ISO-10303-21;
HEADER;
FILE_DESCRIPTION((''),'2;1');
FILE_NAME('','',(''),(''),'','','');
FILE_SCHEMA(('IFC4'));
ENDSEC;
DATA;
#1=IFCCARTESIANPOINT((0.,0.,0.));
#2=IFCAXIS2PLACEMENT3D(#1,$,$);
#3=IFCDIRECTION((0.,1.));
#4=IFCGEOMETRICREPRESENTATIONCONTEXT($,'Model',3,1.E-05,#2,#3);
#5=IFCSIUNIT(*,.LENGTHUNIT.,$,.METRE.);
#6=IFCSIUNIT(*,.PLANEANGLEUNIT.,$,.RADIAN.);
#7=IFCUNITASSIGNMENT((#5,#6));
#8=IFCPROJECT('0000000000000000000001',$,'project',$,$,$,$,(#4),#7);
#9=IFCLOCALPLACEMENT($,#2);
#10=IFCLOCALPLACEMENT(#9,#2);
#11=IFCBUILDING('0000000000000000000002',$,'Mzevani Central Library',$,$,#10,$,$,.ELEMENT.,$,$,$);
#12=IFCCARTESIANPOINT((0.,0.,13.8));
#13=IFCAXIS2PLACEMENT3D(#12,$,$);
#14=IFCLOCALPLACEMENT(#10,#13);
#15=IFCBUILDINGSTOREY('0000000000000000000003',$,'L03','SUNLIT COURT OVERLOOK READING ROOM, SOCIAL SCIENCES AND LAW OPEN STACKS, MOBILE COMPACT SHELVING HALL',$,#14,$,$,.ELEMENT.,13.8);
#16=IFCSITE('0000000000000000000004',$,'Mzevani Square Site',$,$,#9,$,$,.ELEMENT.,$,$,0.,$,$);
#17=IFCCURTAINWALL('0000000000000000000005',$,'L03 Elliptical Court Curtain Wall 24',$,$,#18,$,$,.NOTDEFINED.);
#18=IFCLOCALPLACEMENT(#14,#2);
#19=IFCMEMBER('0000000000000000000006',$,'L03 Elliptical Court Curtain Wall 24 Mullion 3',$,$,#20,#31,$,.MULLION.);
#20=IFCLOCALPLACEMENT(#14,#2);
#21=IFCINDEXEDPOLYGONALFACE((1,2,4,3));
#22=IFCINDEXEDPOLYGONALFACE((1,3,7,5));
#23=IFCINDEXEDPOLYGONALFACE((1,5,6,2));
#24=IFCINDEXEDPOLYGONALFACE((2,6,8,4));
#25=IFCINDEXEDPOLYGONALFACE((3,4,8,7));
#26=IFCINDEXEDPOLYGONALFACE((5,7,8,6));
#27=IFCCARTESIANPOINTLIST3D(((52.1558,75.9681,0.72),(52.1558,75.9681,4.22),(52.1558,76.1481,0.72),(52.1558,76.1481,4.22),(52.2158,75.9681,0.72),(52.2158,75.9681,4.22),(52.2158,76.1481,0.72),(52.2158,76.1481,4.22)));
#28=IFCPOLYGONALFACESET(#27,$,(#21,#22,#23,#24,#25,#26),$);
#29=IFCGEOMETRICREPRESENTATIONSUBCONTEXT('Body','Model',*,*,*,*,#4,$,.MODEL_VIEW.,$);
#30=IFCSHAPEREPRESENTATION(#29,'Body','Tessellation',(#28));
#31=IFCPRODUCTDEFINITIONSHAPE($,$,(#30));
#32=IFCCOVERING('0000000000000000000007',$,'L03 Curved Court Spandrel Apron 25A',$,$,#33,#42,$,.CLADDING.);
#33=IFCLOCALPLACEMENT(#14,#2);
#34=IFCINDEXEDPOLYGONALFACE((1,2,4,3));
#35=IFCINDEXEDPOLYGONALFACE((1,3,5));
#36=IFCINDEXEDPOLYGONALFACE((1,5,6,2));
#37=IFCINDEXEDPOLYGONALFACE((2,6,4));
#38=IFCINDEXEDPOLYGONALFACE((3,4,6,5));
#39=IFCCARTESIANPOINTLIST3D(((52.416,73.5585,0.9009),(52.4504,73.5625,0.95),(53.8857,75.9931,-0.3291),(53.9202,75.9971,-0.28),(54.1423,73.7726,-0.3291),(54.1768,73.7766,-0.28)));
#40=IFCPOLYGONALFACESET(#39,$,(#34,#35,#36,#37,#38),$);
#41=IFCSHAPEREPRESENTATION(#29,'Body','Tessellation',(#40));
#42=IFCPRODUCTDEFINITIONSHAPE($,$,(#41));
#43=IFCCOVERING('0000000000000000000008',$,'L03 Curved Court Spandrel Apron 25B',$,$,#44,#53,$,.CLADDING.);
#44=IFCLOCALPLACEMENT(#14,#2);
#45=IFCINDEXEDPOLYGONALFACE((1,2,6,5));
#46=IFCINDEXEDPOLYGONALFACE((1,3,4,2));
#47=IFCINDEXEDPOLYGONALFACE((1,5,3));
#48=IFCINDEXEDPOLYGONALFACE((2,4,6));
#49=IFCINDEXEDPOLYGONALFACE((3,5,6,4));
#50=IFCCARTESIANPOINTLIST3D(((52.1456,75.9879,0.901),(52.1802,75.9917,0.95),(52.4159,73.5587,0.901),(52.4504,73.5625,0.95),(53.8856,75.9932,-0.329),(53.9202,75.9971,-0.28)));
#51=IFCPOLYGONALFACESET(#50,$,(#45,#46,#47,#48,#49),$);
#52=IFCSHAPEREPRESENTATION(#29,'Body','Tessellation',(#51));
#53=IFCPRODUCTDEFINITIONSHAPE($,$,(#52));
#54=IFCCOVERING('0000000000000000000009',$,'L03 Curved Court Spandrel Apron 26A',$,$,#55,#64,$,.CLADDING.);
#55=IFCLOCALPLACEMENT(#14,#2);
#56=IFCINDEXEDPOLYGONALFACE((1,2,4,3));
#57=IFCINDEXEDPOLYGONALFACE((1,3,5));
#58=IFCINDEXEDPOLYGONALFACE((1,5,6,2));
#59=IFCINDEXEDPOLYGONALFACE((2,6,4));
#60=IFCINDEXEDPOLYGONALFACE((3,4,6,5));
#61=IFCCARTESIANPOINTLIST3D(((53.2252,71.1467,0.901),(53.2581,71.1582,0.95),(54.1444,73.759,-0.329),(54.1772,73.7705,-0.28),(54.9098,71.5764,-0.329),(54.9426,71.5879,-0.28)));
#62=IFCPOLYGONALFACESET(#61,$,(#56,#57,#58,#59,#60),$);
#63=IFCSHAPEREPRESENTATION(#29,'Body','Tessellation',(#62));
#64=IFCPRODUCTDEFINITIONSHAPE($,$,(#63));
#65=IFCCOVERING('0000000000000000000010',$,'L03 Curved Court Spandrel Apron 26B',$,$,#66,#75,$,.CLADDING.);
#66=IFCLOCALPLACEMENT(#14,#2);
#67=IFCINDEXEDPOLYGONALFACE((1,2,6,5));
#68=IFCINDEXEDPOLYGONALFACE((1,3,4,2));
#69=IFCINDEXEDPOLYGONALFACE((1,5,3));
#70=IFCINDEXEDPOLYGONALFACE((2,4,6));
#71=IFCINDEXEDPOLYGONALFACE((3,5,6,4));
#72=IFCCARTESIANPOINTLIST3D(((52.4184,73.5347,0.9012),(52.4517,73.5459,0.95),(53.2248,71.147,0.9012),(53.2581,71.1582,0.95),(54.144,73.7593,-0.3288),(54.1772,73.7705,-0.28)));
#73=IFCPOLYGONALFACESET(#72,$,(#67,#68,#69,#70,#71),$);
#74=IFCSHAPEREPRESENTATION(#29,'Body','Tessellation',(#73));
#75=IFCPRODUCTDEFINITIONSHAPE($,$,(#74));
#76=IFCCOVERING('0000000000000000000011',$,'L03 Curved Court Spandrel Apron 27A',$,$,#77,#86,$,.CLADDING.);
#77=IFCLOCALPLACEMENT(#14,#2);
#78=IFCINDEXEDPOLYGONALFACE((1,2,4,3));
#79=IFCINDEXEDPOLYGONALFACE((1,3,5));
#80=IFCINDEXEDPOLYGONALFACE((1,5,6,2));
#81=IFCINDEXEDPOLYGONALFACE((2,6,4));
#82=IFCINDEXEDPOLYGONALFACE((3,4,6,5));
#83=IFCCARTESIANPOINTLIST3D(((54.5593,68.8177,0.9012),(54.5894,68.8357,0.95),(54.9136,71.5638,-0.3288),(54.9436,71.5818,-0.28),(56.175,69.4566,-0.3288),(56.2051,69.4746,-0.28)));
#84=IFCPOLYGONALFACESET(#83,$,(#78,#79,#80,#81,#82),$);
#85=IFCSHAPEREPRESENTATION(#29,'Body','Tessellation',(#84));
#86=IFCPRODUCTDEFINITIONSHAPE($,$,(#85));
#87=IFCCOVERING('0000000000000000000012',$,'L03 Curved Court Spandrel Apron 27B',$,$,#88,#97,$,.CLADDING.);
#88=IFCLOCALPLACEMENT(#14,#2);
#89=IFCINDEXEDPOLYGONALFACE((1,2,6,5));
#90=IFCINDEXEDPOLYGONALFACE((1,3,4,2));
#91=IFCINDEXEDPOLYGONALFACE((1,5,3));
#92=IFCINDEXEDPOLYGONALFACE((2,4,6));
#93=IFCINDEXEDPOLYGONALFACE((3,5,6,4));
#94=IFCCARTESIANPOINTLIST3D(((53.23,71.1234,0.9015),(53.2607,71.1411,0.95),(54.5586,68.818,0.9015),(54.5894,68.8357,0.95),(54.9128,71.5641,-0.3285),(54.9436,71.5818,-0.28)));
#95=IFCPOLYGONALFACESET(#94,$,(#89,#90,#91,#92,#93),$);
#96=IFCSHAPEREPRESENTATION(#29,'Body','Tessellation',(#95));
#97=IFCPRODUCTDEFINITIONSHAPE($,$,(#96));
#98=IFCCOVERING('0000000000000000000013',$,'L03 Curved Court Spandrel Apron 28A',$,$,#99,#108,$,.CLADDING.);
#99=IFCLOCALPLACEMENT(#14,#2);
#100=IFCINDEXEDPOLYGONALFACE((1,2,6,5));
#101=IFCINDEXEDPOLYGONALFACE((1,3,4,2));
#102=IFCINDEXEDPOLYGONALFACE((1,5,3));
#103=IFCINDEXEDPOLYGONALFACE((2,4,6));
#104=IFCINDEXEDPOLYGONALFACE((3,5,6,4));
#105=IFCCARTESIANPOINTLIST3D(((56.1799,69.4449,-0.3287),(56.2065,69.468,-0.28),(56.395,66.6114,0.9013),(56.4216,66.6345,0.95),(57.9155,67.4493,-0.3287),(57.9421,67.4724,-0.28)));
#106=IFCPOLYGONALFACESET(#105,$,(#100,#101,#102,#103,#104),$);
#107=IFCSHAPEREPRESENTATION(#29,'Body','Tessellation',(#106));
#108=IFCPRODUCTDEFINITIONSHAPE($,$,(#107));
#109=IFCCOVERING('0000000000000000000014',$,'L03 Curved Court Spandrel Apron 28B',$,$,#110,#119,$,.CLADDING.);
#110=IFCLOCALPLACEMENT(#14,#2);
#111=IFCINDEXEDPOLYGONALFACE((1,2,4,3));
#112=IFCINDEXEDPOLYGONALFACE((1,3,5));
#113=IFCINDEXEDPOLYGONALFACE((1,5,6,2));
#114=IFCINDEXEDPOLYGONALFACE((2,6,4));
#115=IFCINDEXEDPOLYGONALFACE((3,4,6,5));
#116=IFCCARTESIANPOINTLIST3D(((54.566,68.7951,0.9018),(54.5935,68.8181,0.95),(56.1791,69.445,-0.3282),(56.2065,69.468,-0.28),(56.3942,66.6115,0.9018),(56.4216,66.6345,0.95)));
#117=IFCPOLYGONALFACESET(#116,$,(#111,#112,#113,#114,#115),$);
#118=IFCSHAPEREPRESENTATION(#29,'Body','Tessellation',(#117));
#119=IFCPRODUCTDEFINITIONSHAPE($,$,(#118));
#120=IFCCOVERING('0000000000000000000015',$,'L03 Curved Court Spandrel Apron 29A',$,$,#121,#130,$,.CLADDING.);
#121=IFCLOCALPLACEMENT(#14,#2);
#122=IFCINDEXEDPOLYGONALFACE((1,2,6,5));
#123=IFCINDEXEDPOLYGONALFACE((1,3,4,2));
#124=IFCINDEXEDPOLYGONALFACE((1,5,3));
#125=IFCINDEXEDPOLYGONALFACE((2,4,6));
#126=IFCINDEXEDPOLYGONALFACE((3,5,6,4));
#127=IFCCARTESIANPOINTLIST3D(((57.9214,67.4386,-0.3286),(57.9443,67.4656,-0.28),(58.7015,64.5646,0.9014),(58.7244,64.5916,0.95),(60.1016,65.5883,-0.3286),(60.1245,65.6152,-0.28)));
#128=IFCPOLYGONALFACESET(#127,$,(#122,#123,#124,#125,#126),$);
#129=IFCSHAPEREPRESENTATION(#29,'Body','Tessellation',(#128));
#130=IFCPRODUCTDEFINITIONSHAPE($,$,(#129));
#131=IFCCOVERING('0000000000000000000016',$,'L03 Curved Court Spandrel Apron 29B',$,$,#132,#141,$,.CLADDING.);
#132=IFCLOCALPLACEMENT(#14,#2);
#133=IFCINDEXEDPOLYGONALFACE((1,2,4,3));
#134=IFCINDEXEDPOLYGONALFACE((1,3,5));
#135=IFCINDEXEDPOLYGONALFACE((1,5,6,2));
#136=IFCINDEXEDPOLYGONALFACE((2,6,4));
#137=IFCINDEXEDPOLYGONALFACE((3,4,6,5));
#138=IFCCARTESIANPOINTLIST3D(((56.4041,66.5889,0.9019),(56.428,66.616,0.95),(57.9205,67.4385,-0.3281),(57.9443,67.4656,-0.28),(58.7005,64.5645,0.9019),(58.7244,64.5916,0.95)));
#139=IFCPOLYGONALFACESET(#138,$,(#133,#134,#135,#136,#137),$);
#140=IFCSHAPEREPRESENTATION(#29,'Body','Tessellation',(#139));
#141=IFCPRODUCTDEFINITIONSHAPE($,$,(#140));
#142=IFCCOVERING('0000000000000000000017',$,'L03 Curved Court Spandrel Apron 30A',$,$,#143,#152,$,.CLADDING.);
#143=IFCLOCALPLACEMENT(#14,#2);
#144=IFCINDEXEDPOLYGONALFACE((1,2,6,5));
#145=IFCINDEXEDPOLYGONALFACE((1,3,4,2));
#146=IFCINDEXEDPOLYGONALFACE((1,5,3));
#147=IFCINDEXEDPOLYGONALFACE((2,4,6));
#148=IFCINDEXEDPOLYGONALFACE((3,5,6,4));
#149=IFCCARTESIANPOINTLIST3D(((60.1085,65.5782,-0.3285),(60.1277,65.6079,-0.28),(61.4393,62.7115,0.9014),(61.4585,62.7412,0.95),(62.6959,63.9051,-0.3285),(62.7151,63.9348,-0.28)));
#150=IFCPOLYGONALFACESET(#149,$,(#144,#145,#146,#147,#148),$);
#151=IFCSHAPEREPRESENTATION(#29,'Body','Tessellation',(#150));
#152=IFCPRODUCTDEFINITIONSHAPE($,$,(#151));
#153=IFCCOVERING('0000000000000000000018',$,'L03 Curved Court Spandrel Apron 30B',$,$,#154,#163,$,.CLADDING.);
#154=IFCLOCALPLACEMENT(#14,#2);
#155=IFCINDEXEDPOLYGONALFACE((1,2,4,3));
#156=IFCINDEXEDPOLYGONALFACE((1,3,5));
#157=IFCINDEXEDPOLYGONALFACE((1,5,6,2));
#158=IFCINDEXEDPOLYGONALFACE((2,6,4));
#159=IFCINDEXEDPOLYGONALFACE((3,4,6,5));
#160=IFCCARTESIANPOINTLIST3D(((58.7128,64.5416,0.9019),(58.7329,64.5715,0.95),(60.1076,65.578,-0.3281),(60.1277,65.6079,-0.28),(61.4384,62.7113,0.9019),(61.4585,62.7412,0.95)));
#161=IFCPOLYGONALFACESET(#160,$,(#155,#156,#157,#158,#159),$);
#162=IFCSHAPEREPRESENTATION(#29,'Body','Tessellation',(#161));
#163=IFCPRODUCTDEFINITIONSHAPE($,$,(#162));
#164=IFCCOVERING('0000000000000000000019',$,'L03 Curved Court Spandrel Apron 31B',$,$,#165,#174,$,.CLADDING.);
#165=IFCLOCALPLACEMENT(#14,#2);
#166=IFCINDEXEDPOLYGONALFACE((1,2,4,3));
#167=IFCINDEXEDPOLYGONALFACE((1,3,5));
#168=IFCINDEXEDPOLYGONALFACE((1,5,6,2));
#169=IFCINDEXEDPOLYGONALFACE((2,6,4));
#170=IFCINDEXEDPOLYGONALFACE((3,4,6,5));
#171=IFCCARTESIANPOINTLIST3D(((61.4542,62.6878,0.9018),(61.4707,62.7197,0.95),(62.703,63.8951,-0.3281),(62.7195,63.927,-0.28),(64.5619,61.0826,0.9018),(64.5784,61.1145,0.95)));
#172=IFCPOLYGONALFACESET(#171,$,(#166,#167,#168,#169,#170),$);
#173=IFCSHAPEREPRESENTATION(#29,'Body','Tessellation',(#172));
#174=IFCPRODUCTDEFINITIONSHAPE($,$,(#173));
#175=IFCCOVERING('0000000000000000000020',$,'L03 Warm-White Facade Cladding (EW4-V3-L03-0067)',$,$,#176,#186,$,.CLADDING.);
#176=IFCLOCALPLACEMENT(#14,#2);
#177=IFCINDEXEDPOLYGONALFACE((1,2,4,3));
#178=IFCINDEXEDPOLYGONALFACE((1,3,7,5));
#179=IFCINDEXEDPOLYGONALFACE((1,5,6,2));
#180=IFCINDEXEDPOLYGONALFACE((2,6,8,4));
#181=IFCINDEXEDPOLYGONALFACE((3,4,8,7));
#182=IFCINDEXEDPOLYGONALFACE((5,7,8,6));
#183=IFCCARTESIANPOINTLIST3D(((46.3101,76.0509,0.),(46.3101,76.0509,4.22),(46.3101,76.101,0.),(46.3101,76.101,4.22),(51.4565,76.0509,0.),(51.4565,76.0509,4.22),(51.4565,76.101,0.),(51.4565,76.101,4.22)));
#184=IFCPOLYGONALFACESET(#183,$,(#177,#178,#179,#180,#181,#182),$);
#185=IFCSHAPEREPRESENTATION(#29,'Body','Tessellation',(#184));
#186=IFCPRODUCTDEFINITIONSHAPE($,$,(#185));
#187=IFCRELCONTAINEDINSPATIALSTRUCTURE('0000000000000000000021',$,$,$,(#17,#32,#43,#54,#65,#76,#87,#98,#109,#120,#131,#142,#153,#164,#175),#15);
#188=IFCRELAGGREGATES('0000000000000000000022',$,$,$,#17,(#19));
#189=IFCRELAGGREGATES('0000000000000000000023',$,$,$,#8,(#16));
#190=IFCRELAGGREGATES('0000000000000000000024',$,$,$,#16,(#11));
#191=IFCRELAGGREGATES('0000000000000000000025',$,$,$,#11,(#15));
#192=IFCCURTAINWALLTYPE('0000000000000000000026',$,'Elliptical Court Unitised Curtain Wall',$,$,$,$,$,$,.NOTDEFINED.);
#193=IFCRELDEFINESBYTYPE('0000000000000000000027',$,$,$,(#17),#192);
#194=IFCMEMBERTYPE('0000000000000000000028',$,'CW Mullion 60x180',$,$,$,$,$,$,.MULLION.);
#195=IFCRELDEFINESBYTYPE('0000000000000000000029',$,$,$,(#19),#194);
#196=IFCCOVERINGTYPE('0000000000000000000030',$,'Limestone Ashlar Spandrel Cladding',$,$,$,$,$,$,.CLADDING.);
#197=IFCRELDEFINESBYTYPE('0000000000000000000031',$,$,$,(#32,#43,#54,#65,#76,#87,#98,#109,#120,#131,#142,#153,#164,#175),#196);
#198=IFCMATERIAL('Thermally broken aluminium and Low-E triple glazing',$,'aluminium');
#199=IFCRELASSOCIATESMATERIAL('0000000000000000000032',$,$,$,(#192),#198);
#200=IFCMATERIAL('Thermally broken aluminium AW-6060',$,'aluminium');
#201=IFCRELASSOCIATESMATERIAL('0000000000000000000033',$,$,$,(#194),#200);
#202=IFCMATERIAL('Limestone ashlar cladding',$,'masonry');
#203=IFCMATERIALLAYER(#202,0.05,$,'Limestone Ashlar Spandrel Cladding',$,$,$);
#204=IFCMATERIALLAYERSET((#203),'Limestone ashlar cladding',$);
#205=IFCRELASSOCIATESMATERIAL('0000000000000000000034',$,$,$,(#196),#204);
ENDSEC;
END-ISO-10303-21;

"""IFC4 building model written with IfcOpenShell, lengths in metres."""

from ifc_helpers import new_model, si_unit, direction, frame, origin, origin_2d, place, context, subcontext, project, spatial, polyline, rectangle, outline, extrude, material, layer, layer_set, material_profile, profile_set, type_object, element, aggregate, save


model = new_model("IFC4")

# Units and contexts
model_context = context("Model", 3, precision=1e-05, world=origin(), true_north=direction((0.0, 1.0)))
body_context = subcontext(model_context, "Body", "Model", "MODEL_VIEW")
ifc_project = project(units=[si_unit("LENGTHUNIT", "METRE"), si_unit("PLANEANGLEUNIT", "RADIAN")], contexts=[model_context])

# Site, building, storey
site_placement = place(None, origin())
site = spatial("IfcSite", under=ifc_project, at=site_placement, Name="Mzevani Square Site", CompositionType="ELEMENT", RefElevation=0.0)
building_placement = place(site_placement, origin())
building = spatial("IfcBuilding", under=site, at=building_placement, Name="Mzevani Central Library", CompositionType="ELEMENT")
storey_placement = place(building_placement, frame((0.0, 0.0, 13.8)))
storey = spatial("IfcBuildingStorey", under=building, at=storey_placement, Name="L03", Description="SUNLIT COURT OVERLOOK READING ROOM, SOCIAL SCIENCES AND LAW OPEN STACKS, MOBILE COMPACT SHELVING HALL", CompositionType="ELEMENT", Elevation=13.8)

# Curtain wall, member
ifc_material_1 = material(Name="Thermally broken aluminium and Low-E triple glazing", Category="aluminium")
curtain_wall_type = type_object("IfcCurtainWallType", Name="Elliptical Court Unitised Curtain Wall", PredefinedType="NOTDEFINED", material=ifc_material_1)
curtain_wall_placement = place(storey_placement, origin())
curtain_wall = element("IfcCurtainWall", 1, at=curtain_wall_placement, inside=storey, type_object=curtain_wall_type, Name="L03 Elliptical Court Curtain Wall 24", PredefinedType="NOTDEFINED")
ifc_material_2 = material(Name="Thermally broken aluminium AW-6060", Category="aluminium")
ifc_material_profile = material_profile(ifc_material_2, rectangle(XDim=0.0601, YDim=0.1799, at=origin_2d()), Name="ALU M60x180")
ifc_profile_set = profile_set([ifc_material_profile], Name="Thermally broken aluminium AW-6060")
member_type = type_object("IfcMemberType", Name="CW Mullion 60x180", PredefinedType="MULLION", material=ifc_profile_set)
member_placement = place(storey_placement, frame((52.1858, 76.0581, 0.72), z_axis=(0.0, 0.0, 1.0), x_axis=(1.0, 0.0, 0.0)))
member = element("IfcMember", 2, at=member_placement, type_object=member_type, Name="L03 Elliptical Court Curtain Wall 24 Mullion 3", PredefinedType="MULLION", context=body_context, shape_type="SweptSolid", body=[
    extrude(rectangle(XDim=0.0601, YDim=0.1799, at=origin_2d()), origin(), (0.0, 0.0, 1.0), 3.5),
])
aggregate(curtain_wall, [member])

# Coverings
ifc_material_3 = material(Name="Limestone ashlar cladding", Category="masonry")
ifc_layer = layer(ifc_material_3, 0.05, Name="Limestone Ashlar Spandrel Cladding")
ifc_layer_set = layer_set([ifc_layer], Name="Limestone ashlar cladding")
covering_type = type_object("IfcCoveringType", Name="Limestone Ashlar Spandrel Cladding", PredefinedType="CLADDING", material=ifc_layer_set)
covering_1_placement = place(storey_placement, frame((53.9202, 75.9971, -0.28), z_axis=(0.573527, 0.066276, 0.816501), x_axis=(0.114794, -0.993389, 0.0)))
element("IfcCovering", 3, at=covering_1_placement, inside=storey, type_object=covering_type, Name="L03 Curved Court Spandrel Apron 25A", PredefinedType="CLADDING", context=body_context, shape_type="SweptSolid", body=[
    extrude(outline(polyline([(0.0, 0.0), (2.2352, 0.0), (2.2498, -2.1304), (0.0, 0.0)])), origin(), (0.0, 0.0, -1.0), 0.0601),
])
covering_2_placement = place(storey_placement, frame((53.9202, 75.9971, -0.28), z_axis=(0.575914, 0.064074, 0.814996), x_axis=(-0.47435, -0.785751, 0.396973)))
element("IfcCovering", 4, at=covering_2_placement, inside=storey, type_object=covering_type, Name="L03 Curved Court Spandrel Apron 25B", PredefinedType="CLADDING", context=body_context, shape_type="SweptSolid", body=[
    extrude(outline(polyline([(0.0, 0.0), (3.0984, 0.0), (1.3179, -1.6744), (0.0, 0.0)])), origin(), (0.0, 0.0, -1.0), 0.0601),
])
covering_3_placement = place(storey_placement, frame((54.1772, 73.7705, -0.28), z_axis=(0.546414, 0.191612, 0.815302), x_axis=(0.330915, -0.943661, 0.0)))
element("IfcCovering", 5, at=covering_3_placement, inside=storey, type_object=covering_type, Name="L03 Curved Court Spandrel Apron 26A", PredefinedType="CLADDING", context=body_context, shape_type="SweptSolid", body=[
    extrude(outline(polyline([(0.0, 0.0), (2.3129, 0.0), (2.161, -2.1242), (0.0, 0.0)])), origin(), (0.0, 0.0, -1.0), 0.0601),
])
covering_4_placement = place(storey_placement, frame((54.1772, 73.7705, -0.28), z_axis=(0.553921, 0.187076, 0.811279), x_axis=(-0.303346, -0.8621, 0.405912)))
element("IfcCovering", 6, at=covering_4_placement, inside=storey, type_object=covering_type, Name="L03 Curved Court Spandrel Apron 26B", PredefinedType="CLADDING", context=body_context, shape_type="SweptSolid", body=[
    extrude(outline(polyline([(0.0, 0.0), (3.0302, 0.0), (1.2163, -1.7497), (0.0, 0.0)])), origin(), (0.0, 0.0, -1.0), 0.0601),
])
covering_5_placement = place(storey_placement, frame((54.9436, 71.5818, -0.28), z_axis=(0.500145, 0.299415, 0.81253), x_axis=(0.513648, -0.858001, 0.0)))
element("IfcCovering", 7, at=covering_5_placement, inside=storey, type_object=covering_type, Name="L03 Curved Court Spandrel Apron 27A", PredefinedType="CLADDING", context=body_context, shape_type="SweptSolid", body=[
    extrude(outline(polyline([(0.0, 0.0), (2.4559, 0.0), (2.1742, -2.11), (0.0, 0.0)])), origin(), (0.0, 0.0, -1.0), 0.0601),
])
covering_6_placement = place(storey_placement, frame((54.9436, 71.5818, -0.28), z_axis=(0.512199, 0.29518, 0.806548), x_axis=(-0.116923, -0.906377, 0.405968)))
element("IfcCovering", 8, at=covering_6_placement, inside=storey, type_object=covering_type, Name="L03 Curved Court Spandrel Apron 27B", PredefinedType="CLADDING", context=body_context, shape_type="SweptSolid", body=[
    extrude(outline(polyline([(0.0, 0.0), (3.0297, 0.0), (1.0955, -1.8273), (0.0, 0.0)])), origin(), (0.0, 0.0, -1.0), 0.0601),
])
covering_7_placement = place(storey_placement, frame((56.2065, 69.468, -0.28), z_axis=(0.442789, 0.385097, 0.809715), x_axis=(0.65624, -0.754552, 0.0)))
element("IfcCovering", 9, at=covering_7_placement, inside=storey, type_object=covering_type, Name="L03 Curved Court Spandrel Apron 28A", PredefinedType="CLADDING", context=body_context, shape_type="SweptSolid", body=[
    extrude(outline(polyline([(0.0, 0.0), (2.6448, 0.0), (2.2792, -2.096), (0.0, 0.0)])), origin(), (0.0, 0.0, -1.0), 0.0601),
])
covering_8_placement = place(storey_placement, frame((56.2065, 69.468, -0.28), z_axis=(0.457545, 0.383061, 0.802444), x_axis=(0.069463, -0.915088, 0.397227)))
element("IfcCovering", 10, at=covering_8_placement, inside=storey, type_object=covering_type, Name="L03 Curved Court Spandrel Apron 28B", PredefinedType="CLADDING", context=body_context, shape_type="SweptSolid", body=[
    extrude(outline(polyline([(0.0, 0.0), (3.0964, 0.0), (0.9713, -1.8957), (0.0, 0.0)])), origin(), (0.0, 0.0, -1.0), 0.0601),
])
covering_9_placement = place(storey_placement, frame((57.9443, 67.4656, -0.28), z_axis=(0.381292, 0.449259, 0.80795), x_axis=(0.762424, -0.647078, 0.0)))
element("IfcCovering", 11, at=covering_9_placement, inside=storey, type_object=covering_type, Name="L03 Curved Court Spandrel Apron 29A", PredefinedType="CLADDING", context=body_context, shape_type="SweptSolid", body=[
    extrude(outline(polyline([(0.0, 0.0), (2.8595, 0.0), (2.4544, -2.0874), (0.0, 0.0)])), origin(), (0.0, 0.0, -1.0), 0.0601),
])
covering_10_placement = place(storey_placement, frame((57.9443, 67.4656, -0.28), z_axis=(0.396759, 0.450062, 0.800017), x_axis=(0.242094, -0.891999, 0.381744)))
element("IfcCovering", 12, at=covering_10_placement, inside=storey, type_object=covering_type, Name="L03 Curved Court Spandrel Apron 29B", PredefinedType="CLADDING", context=body_context, shape_type="SweptSolid", body=[
    extrude(outline(polyline([(0.0, 0.0), (3.222, 0.0), (0.8603, -1.9478), (0.0, 0.0)])), origin(), (0.0, 0.0, -1.0), 0.0601),
])
covering_11_placement = place(storey_placement, frame((60.1277, 65.6079, -0.28), z_axis=(0.320191, 0.495168, 0.807642), x_axis=(0.839734, -0.542998, 0.0)))
element("IfcCovering", 13, at=covering_11_placement, inside=storey, type_object=covering_type, Name="L03 Curved Court Spandrel Apron 30A", PredefinedType="CLADDING", context=body_context, shape_type="SweptSolid", body=[
    extrude(outline(polyline([(0.0, 0.0), (3.0812, 0.0), (2.6741, -2.0859), (0.0, 0.0)])), origin(), (0.0, 0.0, -1.0), 0.0601),
])
covering_12_placement = place(storey_placement, frame((60.1277, 65.6079, -0.28), z_axis=(0.33476, 0.4985, 0.799646), x_axis=(0.392403, -0.845275, 0.362672)))
element("IfcCovering", 14, at=covering_12_placement, inside=storey, type_object=covering_type, Name="L03 Curved Court Spandrel Apron 30B", PredefinedType="CLADDING", context=body_context, shape_type="SweptSolid", body=[
    extrude(outline(polyline([(0.0, 0.0), (3.3914, 0.0), (0.7748, -1.9829), (0.0, 0.0)])), origin(), (0.0, 0.0, -1.0), 0.0601),
])
covering_13_placement = place(storey_placement, frame((62.7195, 63.927, -0.28), z_axis=(0.27474, 0.531888, 0.801008), x_axis=(0.517989, -0.783719, 0.342741)))
element("IfcCovering", 15, at=covering_13_placement, inside=storey, type_object=covering_type, Name="L03 Curved Court Spandrel Apron 31B", PredefinedType="CLADDING", context=body_context, shape_type="SweptSolid", body=[
    extrude(outline(polyline([(0.0, 0.0), (3.5887, 0.0), (0.7209, -2.0025), (0.0, 0.0)])), origin(), (0.0, 0.0, -1.0), 0.0601),
])
covering_14_placement = place(storey_placement, frame((48.8833, 76.0759, 0.0), z_axis=(0.0, 0.0, 1.0), x_axis=(-1.0, 0.0, 0.0)))
element("IfcCovering", 16, at=covering_14_placement, inside=storey, type_object=covering_type, Name="L03 Warm-White Facade Cladding (EW4-V3-L03-0067)", PredefinedType="CLADDING", context=body_context, shape_type="SweptSolid", body=[
    extrude(rectangle(XDim=5.1465, YDim=0.05, at=origin_2d()), origin(), (0.0, 0.0, 1.0), 4.22),
])

save(model, "model.ifc")
